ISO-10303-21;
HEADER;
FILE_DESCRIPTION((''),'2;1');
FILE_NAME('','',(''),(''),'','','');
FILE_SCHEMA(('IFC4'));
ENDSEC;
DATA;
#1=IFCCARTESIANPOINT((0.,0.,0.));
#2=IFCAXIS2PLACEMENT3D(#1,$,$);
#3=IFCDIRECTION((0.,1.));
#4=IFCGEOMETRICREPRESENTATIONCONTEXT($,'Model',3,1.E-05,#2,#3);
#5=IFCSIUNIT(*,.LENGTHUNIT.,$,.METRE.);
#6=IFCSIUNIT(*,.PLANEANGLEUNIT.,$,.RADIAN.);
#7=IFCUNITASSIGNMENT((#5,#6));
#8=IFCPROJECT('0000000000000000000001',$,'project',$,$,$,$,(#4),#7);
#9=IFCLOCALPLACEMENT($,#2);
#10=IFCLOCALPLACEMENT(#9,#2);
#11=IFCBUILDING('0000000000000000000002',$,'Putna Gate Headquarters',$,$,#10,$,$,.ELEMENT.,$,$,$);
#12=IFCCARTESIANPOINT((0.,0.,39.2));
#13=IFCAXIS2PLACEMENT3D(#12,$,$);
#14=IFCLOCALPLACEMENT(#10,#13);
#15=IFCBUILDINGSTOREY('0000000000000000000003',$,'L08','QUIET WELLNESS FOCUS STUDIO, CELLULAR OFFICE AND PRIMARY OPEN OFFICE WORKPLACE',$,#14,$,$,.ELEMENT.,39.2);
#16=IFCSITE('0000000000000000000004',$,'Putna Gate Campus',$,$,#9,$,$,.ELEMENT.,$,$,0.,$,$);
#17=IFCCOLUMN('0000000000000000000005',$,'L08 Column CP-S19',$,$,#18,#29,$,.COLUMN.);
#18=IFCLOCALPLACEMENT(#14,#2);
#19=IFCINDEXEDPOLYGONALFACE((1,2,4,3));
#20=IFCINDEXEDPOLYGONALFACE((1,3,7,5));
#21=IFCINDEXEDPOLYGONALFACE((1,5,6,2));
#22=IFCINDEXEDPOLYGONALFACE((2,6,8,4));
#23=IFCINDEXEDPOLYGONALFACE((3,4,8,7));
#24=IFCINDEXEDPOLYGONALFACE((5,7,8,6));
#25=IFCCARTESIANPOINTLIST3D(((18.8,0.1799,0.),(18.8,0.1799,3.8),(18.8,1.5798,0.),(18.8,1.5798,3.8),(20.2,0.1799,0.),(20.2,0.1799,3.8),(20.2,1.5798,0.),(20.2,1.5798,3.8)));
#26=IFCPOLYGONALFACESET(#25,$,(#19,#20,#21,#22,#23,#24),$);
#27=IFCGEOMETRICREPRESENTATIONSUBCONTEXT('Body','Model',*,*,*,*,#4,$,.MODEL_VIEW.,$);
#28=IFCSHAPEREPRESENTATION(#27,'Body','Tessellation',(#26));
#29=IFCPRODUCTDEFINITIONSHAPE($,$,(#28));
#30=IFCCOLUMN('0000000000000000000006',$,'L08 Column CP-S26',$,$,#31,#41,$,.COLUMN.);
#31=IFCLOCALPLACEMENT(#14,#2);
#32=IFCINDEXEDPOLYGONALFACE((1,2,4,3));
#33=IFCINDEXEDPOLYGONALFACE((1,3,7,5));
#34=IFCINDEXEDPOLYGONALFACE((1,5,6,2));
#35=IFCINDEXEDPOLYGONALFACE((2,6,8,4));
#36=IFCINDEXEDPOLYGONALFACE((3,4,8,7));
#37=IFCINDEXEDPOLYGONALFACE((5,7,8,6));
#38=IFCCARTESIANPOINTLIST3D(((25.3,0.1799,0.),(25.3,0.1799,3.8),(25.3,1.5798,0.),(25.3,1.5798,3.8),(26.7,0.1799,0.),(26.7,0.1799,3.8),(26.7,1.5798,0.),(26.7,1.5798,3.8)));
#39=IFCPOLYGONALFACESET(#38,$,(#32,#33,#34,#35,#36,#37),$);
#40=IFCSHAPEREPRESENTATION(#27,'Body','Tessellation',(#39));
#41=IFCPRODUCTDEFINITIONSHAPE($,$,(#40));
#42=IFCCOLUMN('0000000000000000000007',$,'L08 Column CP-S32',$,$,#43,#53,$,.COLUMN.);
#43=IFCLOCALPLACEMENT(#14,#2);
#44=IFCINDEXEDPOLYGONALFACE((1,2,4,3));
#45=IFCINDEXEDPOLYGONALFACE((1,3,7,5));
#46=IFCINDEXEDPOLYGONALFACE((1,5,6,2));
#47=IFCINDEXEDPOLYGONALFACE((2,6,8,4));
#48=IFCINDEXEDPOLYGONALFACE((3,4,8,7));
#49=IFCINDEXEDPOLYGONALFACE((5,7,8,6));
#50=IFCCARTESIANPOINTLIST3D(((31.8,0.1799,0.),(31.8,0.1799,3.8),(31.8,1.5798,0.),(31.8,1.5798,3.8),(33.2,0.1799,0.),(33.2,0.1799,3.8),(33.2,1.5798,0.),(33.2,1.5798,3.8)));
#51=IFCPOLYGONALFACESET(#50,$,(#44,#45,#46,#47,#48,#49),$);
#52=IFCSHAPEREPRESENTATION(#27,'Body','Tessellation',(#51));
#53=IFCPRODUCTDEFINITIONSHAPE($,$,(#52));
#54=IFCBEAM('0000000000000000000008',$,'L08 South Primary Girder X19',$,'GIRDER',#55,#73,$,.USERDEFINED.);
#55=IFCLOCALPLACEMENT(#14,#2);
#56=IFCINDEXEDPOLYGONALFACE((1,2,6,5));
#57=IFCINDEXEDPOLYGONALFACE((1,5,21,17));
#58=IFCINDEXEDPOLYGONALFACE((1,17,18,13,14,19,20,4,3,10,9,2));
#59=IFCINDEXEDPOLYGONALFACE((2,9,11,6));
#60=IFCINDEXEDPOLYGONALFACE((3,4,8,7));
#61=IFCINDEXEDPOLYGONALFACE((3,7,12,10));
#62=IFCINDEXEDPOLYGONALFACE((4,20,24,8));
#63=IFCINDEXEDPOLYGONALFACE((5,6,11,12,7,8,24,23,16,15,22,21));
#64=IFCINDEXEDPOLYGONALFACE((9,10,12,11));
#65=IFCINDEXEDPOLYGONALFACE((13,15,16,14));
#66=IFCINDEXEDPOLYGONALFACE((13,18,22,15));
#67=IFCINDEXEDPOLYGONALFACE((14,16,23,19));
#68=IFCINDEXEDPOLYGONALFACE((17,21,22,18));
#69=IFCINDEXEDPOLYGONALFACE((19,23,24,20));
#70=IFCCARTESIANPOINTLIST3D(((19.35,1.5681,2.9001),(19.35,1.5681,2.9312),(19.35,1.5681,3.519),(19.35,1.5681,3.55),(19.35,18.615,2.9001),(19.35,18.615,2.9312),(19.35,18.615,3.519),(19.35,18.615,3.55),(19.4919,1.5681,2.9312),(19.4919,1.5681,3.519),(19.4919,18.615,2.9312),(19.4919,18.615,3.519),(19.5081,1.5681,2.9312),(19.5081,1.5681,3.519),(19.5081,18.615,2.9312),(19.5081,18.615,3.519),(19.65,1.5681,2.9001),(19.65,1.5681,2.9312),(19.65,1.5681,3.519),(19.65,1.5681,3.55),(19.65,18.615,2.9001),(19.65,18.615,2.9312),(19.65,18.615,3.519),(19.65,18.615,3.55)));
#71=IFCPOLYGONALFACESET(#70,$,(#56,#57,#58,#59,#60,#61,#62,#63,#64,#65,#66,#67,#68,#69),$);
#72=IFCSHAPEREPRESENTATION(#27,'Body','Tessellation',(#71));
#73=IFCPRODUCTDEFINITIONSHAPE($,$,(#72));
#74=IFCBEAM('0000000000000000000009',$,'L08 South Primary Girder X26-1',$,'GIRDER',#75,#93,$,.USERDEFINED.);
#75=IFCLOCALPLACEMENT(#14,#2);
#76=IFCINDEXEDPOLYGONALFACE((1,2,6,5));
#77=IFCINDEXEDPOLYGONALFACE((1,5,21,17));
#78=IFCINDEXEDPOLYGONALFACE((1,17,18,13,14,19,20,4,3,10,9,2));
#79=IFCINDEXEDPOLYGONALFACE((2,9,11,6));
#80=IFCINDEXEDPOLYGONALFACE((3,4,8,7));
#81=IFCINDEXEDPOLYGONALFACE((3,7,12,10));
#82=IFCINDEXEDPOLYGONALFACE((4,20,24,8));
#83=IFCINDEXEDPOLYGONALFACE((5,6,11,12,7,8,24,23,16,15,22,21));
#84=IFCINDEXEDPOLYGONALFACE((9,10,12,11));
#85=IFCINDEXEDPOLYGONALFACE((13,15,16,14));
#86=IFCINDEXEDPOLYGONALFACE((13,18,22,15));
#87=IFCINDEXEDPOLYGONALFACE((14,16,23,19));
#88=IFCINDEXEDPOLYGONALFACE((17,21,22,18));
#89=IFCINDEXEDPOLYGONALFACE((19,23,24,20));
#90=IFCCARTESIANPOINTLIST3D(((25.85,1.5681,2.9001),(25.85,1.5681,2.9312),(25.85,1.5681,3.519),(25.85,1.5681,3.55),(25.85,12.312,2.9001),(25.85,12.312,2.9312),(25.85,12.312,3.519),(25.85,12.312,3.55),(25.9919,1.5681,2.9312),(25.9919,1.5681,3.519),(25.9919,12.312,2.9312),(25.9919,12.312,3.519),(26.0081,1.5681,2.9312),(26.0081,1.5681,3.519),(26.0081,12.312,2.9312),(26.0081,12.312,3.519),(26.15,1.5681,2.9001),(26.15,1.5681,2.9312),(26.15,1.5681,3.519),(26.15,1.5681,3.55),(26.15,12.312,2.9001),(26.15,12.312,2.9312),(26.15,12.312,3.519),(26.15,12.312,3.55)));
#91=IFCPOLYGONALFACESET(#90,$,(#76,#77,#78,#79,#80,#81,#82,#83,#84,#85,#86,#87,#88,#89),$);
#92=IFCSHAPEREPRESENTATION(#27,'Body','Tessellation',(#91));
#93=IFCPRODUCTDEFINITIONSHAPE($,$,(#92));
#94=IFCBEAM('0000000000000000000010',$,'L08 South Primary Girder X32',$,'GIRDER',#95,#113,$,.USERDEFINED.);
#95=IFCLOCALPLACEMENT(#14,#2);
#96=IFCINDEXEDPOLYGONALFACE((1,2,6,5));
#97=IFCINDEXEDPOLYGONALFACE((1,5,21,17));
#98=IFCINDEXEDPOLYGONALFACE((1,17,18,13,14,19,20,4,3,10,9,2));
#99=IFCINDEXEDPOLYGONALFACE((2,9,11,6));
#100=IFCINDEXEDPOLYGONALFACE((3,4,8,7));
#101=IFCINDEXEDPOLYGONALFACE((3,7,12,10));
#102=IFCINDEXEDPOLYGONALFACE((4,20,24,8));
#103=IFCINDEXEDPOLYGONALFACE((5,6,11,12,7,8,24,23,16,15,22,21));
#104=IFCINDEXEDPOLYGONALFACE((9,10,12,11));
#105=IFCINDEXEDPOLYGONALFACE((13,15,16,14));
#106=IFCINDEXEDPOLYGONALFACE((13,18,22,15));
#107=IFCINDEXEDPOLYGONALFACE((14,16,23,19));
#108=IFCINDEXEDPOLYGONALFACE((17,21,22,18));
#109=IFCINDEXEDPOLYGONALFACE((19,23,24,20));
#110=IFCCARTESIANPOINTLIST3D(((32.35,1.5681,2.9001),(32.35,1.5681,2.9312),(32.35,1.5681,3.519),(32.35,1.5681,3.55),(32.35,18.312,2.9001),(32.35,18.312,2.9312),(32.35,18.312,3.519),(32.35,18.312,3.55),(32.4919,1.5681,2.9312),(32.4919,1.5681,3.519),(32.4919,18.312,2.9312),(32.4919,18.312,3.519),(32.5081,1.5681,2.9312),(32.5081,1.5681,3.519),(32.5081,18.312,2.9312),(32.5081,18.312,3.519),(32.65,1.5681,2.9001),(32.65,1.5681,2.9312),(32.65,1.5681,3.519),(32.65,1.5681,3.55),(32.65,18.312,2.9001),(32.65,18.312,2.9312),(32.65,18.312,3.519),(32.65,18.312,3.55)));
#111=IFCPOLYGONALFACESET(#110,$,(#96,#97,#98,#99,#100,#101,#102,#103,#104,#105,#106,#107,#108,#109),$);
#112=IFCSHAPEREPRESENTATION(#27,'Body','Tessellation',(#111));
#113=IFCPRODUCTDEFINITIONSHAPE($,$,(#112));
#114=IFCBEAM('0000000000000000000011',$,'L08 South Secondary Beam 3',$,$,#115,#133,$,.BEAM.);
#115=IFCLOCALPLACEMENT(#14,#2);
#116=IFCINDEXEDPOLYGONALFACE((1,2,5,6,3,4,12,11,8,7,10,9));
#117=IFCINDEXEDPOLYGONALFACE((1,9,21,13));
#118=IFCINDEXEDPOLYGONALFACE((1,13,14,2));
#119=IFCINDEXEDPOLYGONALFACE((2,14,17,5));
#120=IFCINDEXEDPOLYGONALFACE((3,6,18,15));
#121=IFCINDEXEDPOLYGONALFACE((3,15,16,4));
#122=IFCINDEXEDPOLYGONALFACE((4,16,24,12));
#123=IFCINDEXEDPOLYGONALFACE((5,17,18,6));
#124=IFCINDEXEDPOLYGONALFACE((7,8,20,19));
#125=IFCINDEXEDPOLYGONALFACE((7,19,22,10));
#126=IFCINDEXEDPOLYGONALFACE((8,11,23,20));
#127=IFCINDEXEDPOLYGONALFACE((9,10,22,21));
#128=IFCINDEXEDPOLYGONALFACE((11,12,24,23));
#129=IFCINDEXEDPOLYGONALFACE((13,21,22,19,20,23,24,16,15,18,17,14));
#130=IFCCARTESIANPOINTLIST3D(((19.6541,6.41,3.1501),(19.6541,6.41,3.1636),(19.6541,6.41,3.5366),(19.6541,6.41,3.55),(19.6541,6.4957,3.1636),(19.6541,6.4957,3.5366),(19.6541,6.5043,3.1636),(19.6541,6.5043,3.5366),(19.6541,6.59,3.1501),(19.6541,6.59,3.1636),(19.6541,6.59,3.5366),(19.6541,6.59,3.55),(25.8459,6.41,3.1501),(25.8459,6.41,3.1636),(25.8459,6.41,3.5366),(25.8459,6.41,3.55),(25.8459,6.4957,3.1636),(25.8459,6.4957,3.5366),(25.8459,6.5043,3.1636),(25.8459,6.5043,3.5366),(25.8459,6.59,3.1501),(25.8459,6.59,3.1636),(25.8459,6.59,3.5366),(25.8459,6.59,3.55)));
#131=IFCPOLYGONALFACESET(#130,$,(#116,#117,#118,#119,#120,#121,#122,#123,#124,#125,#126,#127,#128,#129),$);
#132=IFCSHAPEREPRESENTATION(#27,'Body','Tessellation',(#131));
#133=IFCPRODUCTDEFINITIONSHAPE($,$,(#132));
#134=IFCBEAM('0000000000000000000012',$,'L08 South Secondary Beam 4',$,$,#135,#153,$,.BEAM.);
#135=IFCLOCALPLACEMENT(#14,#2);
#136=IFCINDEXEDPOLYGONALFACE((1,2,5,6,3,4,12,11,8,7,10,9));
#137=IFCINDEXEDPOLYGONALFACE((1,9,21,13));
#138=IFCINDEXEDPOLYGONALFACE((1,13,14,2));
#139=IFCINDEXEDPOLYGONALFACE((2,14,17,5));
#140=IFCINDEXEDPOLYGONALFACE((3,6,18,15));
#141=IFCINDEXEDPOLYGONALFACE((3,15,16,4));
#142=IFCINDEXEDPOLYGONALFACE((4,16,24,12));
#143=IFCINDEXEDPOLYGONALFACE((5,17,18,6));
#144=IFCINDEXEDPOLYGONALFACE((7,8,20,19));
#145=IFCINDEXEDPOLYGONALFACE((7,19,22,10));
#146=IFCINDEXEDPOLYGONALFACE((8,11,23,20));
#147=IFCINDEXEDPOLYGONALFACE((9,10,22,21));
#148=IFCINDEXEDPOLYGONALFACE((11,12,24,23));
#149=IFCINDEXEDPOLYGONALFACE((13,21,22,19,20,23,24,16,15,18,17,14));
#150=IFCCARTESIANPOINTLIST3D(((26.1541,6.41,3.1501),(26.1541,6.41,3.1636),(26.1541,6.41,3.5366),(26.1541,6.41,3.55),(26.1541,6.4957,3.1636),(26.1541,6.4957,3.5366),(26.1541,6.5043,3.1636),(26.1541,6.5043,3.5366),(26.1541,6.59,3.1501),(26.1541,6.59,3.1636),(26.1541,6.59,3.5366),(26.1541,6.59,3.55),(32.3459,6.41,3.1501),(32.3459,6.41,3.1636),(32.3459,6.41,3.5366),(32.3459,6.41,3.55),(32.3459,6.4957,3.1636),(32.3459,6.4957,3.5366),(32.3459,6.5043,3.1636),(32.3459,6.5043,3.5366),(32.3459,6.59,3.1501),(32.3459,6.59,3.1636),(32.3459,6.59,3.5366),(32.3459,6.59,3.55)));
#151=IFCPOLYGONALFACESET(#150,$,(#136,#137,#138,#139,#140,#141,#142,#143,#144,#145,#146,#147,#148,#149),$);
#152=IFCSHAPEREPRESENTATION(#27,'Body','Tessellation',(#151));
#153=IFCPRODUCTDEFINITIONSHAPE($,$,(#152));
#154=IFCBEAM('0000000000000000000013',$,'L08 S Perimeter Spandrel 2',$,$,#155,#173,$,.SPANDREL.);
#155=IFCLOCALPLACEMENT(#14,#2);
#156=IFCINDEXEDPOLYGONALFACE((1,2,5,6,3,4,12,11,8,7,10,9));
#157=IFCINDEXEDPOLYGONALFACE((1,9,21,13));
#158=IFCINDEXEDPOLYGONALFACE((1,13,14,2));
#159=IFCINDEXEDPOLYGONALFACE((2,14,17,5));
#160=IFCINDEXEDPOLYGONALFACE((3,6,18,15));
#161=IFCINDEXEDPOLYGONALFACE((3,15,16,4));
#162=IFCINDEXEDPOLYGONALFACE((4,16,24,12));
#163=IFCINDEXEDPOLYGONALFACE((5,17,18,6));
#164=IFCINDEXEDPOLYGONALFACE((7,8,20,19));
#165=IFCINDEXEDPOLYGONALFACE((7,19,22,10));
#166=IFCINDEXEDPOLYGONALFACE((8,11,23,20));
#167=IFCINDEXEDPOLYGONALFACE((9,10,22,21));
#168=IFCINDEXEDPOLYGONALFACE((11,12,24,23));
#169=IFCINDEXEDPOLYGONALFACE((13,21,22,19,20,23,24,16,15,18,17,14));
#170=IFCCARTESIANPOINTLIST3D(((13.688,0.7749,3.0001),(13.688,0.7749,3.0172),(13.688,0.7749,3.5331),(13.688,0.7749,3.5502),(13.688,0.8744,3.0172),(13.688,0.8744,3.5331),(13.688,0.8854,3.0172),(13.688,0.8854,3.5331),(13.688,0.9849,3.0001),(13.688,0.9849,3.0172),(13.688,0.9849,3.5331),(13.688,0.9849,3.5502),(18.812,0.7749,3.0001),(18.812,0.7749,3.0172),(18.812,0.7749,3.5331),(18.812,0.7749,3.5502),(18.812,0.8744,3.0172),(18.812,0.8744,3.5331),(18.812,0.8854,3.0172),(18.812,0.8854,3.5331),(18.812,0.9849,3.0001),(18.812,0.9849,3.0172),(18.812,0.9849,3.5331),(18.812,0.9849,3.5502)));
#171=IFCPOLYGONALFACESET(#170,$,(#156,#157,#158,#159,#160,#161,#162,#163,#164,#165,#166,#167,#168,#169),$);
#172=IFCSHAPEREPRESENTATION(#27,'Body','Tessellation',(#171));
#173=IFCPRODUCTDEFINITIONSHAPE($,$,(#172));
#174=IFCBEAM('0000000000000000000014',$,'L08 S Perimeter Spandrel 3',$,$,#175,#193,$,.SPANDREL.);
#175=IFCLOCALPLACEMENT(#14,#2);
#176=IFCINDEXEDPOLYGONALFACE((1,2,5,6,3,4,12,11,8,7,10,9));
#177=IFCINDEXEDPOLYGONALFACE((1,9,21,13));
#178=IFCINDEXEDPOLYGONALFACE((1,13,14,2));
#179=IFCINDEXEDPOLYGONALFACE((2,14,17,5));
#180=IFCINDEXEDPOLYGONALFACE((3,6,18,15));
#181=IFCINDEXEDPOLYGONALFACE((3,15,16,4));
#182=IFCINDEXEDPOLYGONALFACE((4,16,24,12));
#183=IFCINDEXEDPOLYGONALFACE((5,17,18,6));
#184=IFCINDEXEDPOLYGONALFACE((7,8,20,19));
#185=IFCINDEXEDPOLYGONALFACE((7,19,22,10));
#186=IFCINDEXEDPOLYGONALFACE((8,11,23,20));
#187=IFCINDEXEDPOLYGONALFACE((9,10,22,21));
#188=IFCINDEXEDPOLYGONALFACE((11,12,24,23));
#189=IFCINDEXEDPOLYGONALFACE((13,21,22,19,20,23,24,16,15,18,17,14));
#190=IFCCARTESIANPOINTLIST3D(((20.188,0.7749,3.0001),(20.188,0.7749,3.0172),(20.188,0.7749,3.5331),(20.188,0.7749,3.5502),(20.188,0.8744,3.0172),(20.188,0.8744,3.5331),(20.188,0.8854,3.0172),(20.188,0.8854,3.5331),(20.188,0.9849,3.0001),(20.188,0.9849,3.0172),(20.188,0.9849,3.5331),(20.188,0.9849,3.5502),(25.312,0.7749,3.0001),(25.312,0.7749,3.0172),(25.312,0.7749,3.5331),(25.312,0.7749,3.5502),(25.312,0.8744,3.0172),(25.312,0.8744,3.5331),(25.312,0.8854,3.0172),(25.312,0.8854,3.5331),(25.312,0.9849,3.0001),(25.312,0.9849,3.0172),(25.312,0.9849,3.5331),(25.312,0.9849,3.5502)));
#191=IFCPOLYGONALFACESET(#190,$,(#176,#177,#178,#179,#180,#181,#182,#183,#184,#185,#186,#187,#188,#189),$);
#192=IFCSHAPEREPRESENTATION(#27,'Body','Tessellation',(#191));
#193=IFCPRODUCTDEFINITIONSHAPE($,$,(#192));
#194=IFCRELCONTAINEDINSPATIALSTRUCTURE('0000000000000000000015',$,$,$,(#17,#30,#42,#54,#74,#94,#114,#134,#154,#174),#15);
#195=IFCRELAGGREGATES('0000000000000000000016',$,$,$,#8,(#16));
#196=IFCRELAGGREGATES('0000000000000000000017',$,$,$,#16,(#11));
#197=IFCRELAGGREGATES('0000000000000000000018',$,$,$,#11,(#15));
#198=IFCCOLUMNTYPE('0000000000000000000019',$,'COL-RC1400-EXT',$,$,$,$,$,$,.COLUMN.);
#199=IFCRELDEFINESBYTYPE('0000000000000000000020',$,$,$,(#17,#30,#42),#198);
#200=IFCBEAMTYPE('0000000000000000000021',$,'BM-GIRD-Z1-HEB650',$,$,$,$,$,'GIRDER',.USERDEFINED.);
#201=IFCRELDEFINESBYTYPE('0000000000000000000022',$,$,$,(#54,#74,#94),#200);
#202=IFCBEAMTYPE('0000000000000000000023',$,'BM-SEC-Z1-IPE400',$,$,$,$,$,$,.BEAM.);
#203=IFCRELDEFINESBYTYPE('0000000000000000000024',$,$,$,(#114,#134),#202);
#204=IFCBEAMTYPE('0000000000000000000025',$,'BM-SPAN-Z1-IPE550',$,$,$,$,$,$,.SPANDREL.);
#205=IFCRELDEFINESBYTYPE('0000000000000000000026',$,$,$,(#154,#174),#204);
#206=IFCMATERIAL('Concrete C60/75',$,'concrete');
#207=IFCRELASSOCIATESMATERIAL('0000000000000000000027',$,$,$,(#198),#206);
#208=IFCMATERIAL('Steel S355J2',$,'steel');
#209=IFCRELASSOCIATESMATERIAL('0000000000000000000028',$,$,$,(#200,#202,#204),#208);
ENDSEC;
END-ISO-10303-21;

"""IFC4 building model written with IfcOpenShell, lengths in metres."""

from ifc_helpers import new_model, si_unit, direction, frame, origin, origin_2d, place, context, subcontext, project, spatial, rectangle, i_section, extrude, material, material_profile, profile_set, type_object, element, save


model = new_model("IFC4")

# Units and contexts
model_context = context("Model", 3, precision=1e-05, world=origin(), true_north=direction((0.0, 1.0)))
body_context = subcontext(model_context, "Body", "Model", "MODEL_VIEW")
ifc_project = project(units=[si_unit("LENGTHUNIT", "METRE"), si_unit("PLANEANGLEUNIT", "RADIAN")], contexts=[model_context])

# Site, building, storey
site_placement = place(None, origin())
site = spatial("IfcSite", under=ifc_project, at=site_placement, Name="Putna Gate Campus", CompositionType="ELEMENT", RefElevation=0.0)
building_placement = place(site_placement, origin())
building = spatial("IfcBuilding", under=site, at=building_placement, Name="Putna Gate Headquarters", CompositionType="ELEMENT")
storey_placement = place(building_placement, frame((0.0, 0.0, 39.2)))
storey = spatial("IfcBuildingStorey", under=building, at=storey_placement, Name="L08", Description="QUIET WELLNESS FOCUS STUDIO, CELLULAR OFFICE AND PRIMARY OPEN OFFICE WORKPLACE", CompositionType="ELEMENT", Elevation=39.2)

# Columns
ifc_material_1 = material(Name="Concrete C60/75", Category="concrete")
ifc_material_profile_1 = material_profile(ifc_material_1, rectangle(XDim=1.3999, YDim=1.3999, at=origin_2d()), Name="Concrete C60/75")
ifc_profile_set_1 = profile_set([ifc_material_profile_1], Name="Concrete C60/75")
column_type = type_object("IfcColumnType", Name="COL-RC1400-EXT", PredefinedType="COLUMN", material=ifc_profile_set_1)
for number, where, z_axis, x_axis, name in (
    (1, (19.5, 0.8799, 0.0), (0.0, 0.0, 1.0), (1.0, 0.0, 0.0), "L08 Column CP-S19"),
    (2, (26.0, 0.8799, 0.0), (0.0, 0.0, 1.0), (1.0, 0.0, 0.0), "L08 Column CP-S26"),
    (3, (32.5, 0.8799, 0.0), (0.0, 0.0, 1.0), (1.0, 0.0, 0.0), "L08 Column CP-S32"),
):
    element("IfcColumn", number, at=place(storey_placement, frame(where, z_axis=z_axis, x_axis=x_axis)), inside=storey, type_object=column_type, Name=name, PredefinedType="COLUMN", context=body_context, shape_type="SweptSolid", body=[
        extrude(rectangle(XDim=1.3999, YDim=1.3999, at=origin_2d()), origin(), (0.0, 0.0, 1.0), 3.8),
    ])

# Beams
ifc_material_2 = material(Name="Steel S355J2", Category="steel")
ifc_material_profile_2 = material_profile(ifc_material_2, i_section(OverallWidth=0.3, OverallDepth=0.6499, WebThickness=0.0161, FlangeThickness=0.031, at=origin_2d()), Name="Steel S355J2")
ifc_profile_set_2 = profile_set([ifc_material_profile_2], Name="Steel S355J2")
beam_type_1 = type_object("IfcBeamType", Name="BM-GIRD-Z1-HEB650", ElementType="GIRDER", PredefinedType="USERDEFINED", material=ifc_profile_set_2)
beam_1_placement = place(storey_placement, frame((19.5, 1.5681, 3.2251), z_axis=(0.0, 1.0, 0.0), x_axis=(-1.0, 0.0, 0.0)))
element("IfcBeam", 4, at=beam_1_placement, inside=storey, type_object=beam_type_1, Name="L08 South Primary Girder X19", ObjectType="GIRDER", PredefinedType="USERDEFINED", context=body_context, shape_type="SweptSolid", body=[
    extrude(i_section(OverallWidth=0.3, OverallDepth=0.6499, WebThickness=0.0161, FlangeThickness=0.031, at=origin_2d()), origin(), (0.0, 0.0, 1.0), 17.0469),
])
beam_2_placement = place(storey_placement, frame((26.0, 1.5681, 3.2251), z_axis=(0.0, 1.0, 0.0), x_axis=(-1.0, 0.0, 0.0)))
element("IfcBeam", 5, at=beam_2_placement, inside=storey, type_object=beam_type_1, Name="L08 South Primary Girder X26-1", ObjectType="GIRDER", PredefinedType="USERDEFINED", context=body_context, shape_type="SweptSolid", body=[
    extrude(i_section(OverallWidth=0.3, OverallDepth=0.6499, WebThickness=0.0161, FlangeThickness=0.031, at=origin_2d()), origin(), (0.0, 0.0, 1.0), 10.7439),
])
beam_3_placement = place(storey_placement, frame((32.5, 1.5681, 3.2251), z_axis=(0.0, 1.0, 0.0), x_axis=(-1.0, 0.0, 0.0)))
element("IfcBeam", 6, at=beam_3_placement, inside=storey, type_object=beam_type_1, Name="L08 South Primary Girder X32", ObjectType="GIRDER", PredefinedType="USERDEFINED", context=body_context, shape_type="SweptSolid", body=[
    extrude(i_section(OverallWidth=0.3, OverallDepth=0.6499, WebThickness=0.0161, FlangeThickness=0.031, at=origin_2d()), origin(), (0.0, 0.0, 1.0), 16.7439),
])
ifc_material_profile_3 = material_profile(ifc_material_2, i_section(OverallWidth=0.1799, OverallDepth=0.3999, WebThickness=0.0085, FlangeThickness=0.0134, at=origin_2d()), Name="Steel S355J2")
ifc_profile_set_3 = profile_set([ifc_material_profile_3], Name="Steel S355J2")
beam_type_2 = type_object("IfcBeamType", Name="BM-SEC-Z1-IPE400", PredefinedType="BEAM", material=ifc_profile_set_3)
for number, where, z_axis, x_axis, name in (
    (7, (19.6541, 6.5, 3.3501), (1.0, 0.0, 0.0), (0.0, 1.0, 0.0), "L08 South Secondary Beam 3"),
    (8, (26.1541, 6.5, 3.3501), (1.0, 0.0, 0.0), (0.0, 1.0, 0.0), "L08 South Secondary Beam 4"),
):
    element("IfcBeam", number, at=place(storey_placement, frame(where, z_axis=z_axis, x_axis=x_axis)), inside=storey, type_object=beam_type_2, Name=name, PredefinedType="BEAM", context=body_context, shape_type="SweptSolid", body=[
        extrude(i_section(OverallWidth=0.1799, OverallDepth=0.3999, WebThickness=0.0085, FlangeThickness=0.0134, at=origin_2d()), origin(), (0.0, 0.0, 1.0), 6.1919),
    ])
ifc_material_profile_4 = material_profile(ifc_material_2, i_section(OverallWidth=0.21, OverallDepth=0.55, WebThickness=0.011, FlangeThickness=0.0171, at=origin_2d()), Name="Steel S355J2")
ifc_profile_set_4 = profile_set([ifc_material_profile_4], Name="Steel S355J2")
beam_type_3 = type_object("IfcBeamType", Name="BM-SPAN-Z1-IPE550", PredefinedType="SPANDREL", material=ifc_profile_set_4)
for number, where, z_axis, x_axis, name in (
    (9, (13.688, 0.8799, 3.2751), (1.0, 0.0, 0.0), (0.0, 1.0, 0.0), "L08 S Perimeter Spandrel 2"),
    (10, (20.188, 0.8799, 3.2751), (1.0, 0.0, 0.0), (0.0, 1.0, 0.0), "L08 S Perimeter Spandrel 3"),
):
    element("IfcBeam", number, at=place(storey_placement, frame(where, z_axis=z_axis, x_axis=x_axis)), inside=storey, type_object=beam_type_3, Name=name, PredefinedType="SPANDREL", context=body_context, shape_type="SweptSolid", body=[
        extrude(i_section(OverallWidth=0.21, OverallDepth=0.55, WebThickness=0.011, FlangeThickness=0.0171, at=origin_2d()), origin(), (0.0, 0.0, 1.0), 5.124),
    ])

save(model, "model.ifc")
